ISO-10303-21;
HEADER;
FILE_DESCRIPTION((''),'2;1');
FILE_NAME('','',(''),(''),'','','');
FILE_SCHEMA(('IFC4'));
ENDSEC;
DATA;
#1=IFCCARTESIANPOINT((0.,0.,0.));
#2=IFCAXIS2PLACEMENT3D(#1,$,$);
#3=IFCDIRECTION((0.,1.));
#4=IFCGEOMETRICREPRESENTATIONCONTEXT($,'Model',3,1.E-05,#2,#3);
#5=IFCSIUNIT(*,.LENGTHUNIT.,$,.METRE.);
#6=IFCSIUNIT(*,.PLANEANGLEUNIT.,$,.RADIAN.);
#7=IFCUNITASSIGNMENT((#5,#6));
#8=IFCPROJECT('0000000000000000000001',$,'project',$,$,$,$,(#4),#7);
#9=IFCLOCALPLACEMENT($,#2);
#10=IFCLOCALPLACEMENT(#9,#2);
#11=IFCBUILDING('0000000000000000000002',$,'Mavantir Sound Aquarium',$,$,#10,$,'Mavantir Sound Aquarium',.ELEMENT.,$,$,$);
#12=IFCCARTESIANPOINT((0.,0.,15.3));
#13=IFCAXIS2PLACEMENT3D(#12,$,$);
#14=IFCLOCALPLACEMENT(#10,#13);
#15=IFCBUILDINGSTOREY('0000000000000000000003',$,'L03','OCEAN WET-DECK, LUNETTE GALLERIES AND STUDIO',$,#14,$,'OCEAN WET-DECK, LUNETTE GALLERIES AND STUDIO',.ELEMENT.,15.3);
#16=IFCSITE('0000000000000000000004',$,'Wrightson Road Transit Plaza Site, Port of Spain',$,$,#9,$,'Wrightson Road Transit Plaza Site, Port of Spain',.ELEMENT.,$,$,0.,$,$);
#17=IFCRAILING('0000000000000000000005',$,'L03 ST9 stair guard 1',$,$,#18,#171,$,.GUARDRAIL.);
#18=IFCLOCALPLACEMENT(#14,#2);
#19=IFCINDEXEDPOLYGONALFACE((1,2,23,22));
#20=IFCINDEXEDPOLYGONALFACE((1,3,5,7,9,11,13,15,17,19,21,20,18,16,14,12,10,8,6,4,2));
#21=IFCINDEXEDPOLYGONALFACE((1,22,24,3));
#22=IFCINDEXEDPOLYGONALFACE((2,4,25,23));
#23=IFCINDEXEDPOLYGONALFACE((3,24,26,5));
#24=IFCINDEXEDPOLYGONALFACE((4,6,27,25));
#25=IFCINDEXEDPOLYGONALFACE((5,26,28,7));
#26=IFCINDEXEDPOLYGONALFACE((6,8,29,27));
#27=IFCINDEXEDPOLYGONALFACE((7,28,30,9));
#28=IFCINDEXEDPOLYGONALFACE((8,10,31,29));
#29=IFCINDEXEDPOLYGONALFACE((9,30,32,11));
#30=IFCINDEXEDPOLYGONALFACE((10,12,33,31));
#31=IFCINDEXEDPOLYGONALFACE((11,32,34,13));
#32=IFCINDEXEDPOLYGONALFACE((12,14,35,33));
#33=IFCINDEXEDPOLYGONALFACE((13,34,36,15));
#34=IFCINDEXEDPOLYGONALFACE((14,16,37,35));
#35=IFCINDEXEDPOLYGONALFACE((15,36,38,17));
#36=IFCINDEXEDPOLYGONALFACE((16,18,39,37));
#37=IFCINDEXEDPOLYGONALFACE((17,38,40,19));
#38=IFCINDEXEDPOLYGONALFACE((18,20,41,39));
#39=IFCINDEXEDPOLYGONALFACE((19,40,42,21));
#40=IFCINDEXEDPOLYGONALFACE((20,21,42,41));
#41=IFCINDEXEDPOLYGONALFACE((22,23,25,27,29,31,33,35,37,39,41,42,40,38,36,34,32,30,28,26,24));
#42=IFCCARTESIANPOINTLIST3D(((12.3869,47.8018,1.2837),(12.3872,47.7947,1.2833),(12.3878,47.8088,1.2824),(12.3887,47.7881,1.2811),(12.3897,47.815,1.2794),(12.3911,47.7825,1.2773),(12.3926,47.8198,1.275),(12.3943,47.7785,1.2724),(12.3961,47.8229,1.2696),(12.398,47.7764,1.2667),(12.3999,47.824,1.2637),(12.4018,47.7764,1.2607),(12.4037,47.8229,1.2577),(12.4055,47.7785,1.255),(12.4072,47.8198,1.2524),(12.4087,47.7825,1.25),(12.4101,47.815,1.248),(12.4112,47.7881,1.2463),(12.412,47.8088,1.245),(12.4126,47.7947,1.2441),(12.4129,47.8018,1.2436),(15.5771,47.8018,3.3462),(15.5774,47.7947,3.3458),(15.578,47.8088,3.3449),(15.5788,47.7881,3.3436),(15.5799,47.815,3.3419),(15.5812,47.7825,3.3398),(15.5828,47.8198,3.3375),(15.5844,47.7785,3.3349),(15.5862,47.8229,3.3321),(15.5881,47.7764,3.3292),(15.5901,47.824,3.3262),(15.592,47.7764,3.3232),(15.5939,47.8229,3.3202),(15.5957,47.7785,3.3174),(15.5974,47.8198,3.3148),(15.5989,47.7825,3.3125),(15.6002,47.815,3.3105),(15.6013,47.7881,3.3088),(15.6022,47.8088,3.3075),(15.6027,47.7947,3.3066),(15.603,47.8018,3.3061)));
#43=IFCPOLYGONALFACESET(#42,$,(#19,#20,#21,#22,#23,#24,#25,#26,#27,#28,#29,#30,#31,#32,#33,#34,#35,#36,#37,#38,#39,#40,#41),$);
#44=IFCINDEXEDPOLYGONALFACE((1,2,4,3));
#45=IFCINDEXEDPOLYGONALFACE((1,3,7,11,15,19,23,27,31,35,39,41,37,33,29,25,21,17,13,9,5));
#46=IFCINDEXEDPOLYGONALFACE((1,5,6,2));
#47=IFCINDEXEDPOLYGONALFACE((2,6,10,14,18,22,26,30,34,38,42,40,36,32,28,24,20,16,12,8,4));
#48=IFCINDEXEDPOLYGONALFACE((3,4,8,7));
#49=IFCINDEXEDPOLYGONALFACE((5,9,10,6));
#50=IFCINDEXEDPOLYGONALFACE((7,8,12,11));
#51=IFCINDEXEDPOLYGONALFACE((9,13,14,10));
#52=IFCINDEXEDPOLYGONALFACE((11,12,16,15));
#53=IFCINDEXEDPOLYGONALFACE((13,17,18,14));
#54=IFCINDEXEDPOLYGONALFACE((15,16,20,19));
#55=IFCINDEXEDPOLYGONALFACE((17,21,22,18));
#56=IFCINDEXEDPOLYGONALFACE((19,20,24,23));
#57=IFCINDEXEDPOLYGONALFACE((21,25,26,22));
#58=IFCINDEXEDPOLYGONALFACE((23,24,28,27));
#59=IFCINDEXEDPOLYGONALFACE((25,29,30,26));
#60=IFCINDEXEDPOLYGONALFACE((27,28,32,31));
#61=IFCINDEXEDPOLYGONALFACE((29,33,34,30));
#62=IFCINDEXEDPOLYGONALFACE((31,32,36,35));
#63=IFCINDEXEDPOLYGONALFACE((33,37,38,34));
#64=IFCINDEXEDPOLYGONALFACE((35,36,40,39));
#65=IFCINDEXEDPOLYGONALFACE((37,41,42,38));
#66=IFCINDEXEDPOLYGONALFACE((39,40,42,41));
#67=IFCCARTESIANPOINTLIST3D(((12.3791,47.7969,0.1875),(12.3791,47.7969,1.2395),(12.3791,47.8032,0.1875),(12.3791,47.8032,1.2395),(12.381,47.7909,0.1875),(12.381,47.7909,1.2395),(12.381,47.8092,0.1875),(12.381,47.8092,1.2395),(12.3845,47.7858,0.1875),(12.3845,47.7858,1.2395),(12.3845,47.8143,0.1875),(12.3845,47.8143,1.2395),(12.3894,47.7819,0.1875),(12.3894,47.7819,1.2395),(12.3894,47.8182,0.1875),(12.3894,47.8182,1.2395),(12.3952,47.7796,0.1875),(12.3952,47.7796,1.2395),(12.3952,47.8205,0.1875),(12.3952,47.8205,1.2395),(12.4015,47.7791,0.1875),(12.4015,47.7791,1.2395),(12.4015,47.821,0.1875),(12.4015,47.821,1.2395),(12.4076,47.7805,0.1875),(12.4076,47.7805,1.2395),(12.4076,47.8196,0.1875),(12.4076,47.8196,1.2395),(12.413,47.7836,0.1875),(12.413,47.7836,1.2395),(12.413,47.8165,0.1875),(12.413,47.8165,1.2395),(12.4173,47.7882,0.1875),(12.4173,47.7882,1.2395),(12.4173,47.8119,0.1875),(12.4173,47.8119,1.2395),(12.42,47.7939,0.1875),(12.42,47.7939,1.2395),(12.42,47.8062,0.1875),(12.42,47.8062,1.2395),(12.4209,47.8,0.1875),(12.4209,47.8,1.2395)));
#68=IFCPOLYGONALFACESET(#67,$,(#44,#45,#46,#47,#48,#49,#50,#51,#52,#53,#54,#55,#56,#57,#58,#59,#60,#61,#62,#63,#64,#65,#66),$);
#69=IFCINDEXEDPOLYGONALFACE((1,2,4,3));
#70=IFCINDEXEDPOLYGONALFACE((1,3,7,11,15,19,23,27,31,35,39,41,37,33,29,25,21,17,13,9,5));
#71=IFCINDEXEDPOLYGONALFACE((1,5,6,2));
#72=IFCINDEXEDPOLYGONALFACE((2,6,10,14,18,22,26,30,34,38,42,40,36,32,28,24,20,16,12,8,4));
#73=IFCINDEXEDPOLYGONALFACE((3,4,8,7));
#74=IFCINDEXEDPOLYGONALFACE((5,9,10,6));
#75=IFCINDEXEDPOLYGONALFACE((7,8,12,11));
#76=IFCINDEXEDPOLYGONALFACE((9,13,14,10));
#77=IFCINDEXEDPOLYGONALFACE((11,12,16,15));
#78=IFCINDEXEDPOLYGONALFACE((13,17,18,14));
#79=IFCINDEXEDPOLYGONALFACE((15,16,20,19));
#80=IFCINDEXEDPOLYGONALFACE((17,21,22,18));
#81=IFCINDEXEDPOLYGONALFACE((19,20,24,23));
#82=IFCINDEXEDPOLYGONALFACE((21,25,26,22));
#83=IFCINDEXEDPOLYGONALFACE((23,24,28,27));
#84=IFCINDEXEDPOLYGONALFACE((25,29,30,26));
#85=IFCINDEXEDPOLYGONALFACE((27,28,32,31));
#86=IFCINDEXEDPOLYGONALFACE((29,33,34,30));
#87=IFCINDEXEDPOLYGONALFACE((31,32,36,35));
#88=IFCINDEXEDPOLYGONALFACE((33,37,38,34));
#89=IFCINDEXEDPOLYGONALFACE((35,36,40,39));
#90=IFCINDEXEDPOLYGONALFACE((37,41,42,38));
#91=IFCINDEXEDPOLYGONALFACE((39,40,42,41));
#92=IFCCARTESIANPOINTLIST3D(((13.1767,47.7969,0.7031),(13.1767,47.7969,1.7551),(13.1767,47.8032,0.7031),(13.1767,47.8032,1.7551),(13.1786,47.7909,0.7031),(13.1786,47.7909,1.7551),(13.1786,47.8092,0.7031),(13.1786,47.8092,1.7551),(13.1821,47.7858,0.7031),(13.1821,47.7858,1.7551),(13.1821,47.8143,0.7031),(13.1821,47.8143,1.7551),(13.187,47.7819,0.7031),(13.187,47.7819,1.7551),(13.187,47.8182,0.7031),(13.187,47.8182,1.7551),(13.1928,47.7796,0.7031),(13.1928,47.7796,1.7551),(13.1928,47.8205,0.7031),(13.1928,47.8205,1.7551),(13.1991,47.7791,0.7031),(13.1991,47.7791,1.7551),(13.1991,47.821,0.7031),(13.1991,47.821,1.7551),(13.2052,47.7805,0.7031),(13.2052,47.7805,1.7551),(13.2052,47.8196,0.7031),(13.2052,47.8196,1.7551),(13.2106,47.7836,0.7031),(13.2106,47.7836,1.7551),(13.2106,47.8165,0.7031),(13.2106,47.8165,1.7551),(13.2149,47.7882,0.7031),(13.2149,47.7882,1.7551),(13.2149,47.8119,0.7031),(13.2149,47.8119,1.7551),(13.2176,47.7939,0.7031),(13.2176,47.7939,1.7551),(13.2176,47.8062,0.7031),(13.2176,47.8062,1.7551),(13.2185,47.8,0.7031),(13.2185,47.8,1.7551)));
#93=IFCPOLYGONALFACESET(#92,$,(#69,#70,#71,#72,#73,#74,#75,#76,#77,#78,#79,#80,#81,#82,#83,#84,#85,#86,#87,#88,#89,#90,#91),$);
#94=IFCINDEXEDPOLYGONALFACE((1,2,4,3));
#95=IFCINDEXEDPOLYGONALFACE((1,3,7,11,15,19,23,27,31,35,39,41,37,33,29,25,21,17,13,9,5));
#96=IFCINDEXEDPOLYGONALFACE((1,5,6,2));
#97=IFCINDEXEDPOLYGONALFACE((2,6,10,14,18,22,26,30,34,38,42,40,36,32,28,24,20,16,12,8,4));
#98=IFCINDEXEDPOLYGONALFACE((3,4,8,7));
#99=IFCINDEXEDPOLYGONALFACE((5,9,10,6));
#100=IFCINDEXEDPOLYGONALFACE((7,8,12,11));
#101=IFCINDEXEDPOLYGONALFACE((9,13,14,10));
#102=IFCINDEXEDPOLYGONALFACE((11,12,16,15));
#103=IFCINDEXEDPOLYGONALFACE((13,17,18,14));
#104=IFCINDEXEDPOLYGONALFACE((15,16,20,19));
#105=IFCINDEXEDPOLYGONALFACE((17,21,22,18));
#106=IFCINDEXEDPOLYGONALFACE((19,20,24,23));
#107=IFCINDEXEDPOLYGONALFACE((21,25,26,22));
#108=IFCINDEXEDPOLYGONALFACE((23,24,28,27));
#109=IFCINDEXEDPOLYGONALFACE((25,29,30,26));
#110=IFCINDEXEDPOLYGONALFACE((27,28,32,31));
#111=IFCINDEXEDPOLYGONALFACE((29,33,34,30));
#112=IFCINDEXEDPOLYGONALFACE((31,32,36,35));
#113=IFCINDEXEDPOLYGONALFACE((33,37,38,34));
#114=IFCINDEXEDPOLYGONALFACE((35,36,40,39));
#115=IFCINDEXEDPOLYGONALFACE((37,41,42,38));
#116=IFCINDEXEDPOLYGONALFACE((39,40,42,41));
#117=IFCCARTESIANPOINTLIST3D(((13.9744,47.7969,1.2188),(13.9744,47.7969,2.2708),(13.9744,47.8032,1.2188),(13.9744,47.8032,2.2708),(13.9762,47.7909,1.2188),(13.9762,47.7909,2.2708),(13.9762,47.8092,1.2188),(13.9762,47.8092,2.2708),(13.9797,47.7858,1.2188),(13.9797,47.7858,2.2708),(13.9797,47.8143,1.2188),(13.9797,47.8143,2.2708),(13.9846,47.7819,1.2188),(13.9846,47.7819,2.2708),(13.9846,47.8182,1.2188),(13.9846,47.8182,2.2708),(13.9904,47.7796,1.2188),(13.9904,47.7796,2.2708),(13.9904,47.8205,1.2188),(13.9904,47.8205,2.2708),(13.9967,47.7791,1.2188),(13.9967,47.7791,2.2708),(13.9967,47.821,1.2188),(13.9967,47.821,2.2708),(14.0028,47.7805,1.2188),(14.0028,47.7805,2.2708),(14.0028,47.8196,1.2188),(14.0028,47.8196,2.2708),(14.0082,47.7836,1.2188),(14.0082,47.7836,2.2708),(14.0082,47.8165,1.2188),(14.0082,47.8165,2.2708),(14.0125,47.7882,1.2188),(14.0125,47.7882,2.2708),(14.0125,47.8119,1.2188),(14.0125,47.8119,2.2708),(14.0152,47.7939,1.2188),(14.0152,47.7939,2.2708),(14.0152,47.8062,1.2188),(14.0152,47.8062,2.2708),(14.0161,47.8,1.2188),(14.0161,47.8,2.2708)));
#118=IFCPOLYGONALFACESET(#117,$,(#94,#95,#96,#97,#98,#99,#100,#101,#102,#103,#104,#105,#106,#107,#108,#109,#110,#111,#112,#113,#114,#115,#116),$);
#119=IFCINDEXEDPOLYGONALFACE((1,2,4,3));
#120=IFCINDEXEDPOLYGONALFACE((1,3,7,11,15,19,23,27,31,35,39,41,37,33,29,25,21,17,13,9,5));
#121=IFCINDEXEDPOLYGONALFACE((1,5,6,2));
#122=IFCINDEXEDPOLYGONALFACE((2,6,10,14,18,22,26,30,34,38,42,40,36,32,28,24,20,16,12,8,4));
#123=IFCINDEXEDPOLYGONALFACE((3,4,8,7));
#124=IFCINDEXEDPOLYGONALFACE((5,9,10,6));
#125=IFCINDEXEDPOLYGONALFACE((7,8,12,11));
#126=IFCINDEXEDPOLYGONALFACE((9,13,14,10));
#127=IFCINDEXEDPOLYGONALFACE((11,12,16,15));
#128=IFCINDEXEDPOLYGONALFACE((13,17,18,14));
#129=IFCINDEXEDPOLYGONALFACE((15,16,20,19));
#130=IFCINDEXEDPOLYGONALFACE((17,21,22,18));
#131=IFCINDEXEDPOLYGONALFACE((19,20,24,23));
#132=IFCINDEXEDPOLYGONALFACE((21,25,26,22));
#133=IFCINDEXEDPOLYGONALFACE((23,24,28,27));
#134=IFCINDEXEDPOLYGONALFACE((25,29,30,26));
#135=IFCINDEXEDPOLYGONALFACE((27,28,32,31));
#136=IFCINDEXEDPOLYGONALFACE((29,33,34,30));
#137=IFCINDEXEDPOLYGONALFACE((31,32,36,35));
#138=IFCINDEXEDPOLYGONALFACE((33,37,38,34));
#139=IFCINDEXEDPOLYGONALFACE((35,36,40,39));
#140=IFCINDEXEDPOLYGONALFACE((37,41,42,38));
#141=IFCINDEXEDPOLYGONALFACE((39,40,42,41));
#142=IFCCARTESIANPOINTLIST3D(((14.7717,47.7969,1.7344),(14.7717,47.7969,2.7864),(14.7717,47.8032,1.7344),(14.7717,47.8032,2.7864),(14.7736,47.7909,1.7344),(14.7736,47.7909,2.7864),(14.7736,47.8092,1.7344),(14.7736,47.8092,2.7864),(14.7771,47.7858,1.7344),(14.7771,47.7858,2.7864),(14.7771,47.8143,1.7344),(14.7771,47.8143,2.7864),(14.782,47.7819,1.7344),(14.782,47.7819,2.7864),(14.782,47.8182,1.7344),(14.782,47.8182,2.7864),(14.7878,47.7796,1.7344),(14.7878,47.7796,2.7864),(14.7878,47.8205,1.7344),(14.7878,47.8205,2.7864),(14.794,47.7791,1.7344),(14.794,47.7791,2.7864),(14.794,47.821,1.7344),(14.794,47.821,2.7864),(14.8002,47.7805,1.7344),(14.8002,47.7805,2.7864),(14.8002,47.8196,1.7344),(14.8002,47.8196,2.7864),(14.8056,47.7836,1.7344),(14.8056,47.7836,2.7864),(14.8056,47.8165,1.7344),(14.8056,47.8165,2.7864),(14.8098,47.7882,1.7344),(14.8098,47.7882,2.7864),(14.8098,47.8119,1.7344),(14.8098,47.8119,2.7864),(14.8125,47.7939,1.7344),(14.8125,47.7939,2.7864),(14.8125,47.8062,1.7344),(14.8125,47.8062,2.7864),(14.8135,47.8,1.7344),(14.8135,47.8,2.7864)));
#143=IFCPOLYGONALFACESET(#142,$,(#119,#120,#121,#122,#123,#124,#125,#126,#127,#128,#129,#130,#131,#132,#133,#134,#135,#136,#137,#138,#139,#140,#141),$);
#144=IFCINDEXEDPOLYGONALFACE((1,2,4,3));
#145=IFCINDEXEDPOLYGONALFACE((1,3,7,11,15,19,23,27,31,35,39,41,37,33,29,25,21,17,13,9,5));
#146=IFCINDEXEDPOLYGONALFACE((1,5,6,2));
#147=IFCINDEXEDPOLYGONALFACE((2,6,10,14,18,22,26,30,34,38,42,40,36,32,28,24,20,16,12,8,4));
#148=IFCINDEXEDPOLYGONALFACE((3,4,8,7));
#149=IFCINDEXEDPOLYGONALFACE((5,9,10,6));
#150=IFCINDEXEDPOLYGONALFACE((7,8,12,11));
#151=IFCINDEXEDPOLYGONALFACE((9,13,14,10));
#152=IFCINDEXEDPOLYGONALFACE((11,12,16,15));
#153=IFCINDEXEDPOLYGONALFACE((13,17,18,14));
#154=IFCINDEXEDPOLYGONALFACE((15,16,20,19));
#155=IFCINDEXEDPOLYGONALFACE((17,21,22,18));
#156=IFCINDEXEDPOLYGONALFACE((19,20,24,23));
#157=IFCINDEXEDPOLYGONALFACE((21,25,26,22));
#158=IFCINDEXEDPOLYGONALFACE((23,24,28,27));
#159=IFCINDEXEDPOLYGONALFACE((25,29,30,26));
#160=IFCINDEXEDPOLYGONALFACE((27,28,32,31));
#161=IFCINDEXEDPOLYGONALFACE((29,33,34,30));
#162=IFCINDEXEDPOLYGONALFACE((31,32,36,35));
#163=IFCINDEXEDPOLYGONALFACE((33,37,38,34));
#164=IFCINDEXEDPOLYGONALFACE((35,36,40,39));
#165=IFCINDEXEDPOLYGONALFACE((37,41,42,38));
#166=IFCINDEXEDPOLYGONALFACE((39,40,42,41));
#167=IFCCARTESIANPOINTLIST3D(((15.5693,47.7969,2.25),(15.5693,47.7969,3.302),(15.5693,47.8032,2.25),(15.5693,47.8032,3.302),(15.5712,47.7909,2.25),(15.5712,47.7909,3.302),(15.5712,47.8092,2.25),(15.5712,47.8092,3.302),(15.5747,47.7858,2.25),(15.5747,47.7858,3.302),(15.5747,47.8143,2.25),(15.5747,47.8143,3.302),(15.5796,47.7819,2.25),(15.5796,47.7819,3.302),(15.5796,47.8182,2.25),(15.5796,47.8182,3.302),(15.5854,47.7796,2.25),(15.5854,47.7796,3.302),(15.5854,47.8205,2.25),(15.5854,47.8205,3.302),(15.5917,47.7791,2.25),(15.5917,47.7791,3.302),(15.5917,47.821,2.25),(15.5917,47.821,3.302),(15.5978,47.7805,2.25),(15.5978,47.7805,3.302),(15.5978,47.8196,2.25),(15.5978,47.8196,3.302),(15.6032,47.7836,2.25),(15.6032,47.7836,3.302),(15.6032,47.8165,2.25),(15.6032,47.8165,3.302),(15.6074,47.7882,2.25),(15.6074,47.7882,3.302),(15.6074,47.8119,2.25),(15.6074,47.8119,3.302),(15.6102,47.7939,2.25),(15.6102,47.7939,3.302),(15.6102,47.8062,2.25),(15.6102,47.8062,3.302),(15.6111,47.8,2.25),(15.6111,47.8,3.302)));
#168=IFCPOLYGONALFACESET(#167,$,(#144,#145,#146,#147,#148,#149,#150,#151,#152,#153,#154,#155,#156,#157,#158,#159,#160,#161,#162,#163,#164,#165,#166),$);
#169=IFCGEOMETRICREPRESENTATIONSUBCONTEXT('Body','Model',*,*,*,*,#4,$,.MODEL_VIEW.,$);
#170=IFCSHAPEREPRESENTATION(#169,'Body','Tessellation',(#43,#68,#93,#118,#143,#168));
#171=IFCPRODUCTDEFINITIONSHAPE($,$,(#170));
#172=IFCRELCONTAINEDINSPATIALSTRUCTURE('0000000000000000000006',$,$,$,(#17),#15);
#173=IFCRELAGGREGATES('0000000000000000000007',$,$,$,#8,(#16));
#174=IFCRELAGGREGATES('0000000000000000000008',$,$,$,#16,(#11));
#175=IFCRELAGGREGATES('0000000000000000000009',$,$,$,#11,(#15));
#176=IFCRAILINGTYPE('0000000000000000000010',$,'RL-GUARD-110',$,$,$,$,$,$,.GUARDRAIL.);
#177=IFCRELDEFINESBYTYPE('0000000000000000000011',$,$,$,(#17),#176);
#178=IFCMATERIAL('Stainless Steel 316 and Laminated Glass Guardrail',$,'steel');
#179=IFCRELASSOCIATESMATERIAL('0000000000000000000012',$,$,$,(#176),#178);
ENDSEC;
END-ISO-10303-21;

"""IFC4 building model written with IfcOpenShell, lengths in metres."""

from ifc_helpers import new_model, si_unit, direction, frame, origin, origin_2d, place, context, subcontext, project, spatial, circle, extrude, material, type_object, element, save


model = new_model("IFC4")

# Units and contexts
model_context = context("Model", 3, precision=1e-05, world=origin(), true_north=direction((0.0, 1.0)))
body_context = subcontext(model_context, "Body", "Model", "MODEL_VIEW")
ifc_project = project(units=[si_unit("LENGTHUNIT", "METRE"), si_unit("PLANEANGLEUNIT", "RADIAN")], contexts=[model_context])

# Site, building, storey
site_placement = place(None, origin())
site = spatial("IfcSite", under=ifc_project, at=site_placement, Name="Wrightson Road Transit Plaza Site, Port of Spain", LongName="Wrightson Road Transit Plaza Site, Port of Spain", CompositionType="ELEMENT", RefElevation=0.0)
building_placement = place(site_placement, origin())
building = spatial("IfcBuilding", under=site, at=building_placement, Name="Mavantir Sound Aquarium", LongName="Mavantir Sound Aquarium", CompositionType="ELEMENT")
storey_placement = place(building_placement, frame((0.0, 0.0, 15.3)))
storey = spatial("IfcBuildingStorey", under=building, at=storey_placement, Name="L03", Description="OCEAN WET-DECK, LUNETTE GALLERIES AND STUDIO", LongName="OCEAN WET-DECK, LUNETTE GALLERIES AND STUDIO", CompositionType="ELEMENT", Elevation=15.3)

# Railing
ifc_material_1 = material(Name="Stainless Steel 316 and Laminated Glass Guardrail", Category="steel")
railing_type_1 = type_object("IfcRailingType", Name="RL-GUARD-110", PredefinedType="GUARDRAIL", material=ifc_material_1)
railing_1_placement = place(storey_placement, frame((12.3999, 47.8, 0.1875)))
element("IfcRailing", 1, at=railing_1_placement, inside=storey, type_object=railing_type_1, Name="L03 ST9 stair guard 1", PredefinedType="GUARDRAIL", context=body_context, shape_type="SweptSolid", body=[
    extrude(circle(Radius=0.0239, at=origin_2d()), frame((0.0, 0.0, 1.0762), z_axis=(0.839779, 0.0, 0.542929), x_axis=(0.0, 1.0, 0.0)), (0.0, 0.0, 1.0), 3.7988),
    extrude(circle(Radius=0.021, at=origin_2d()), origin(), (0.0, 0.0, 1.0), 1.052),
    extrude(circle(Radius=0.021, at=origin_2d()), frame((0.7976, 0.0, 0.5156)), (0.0, 0.0, 1.0), 1.052),
    extrude(circle(Radius=0.021, at=origin_2d()), frame((1.5952, 0.0, 1.0312)), (0.0, 0.0, 1.0), 1.052),
    extrude(circle(Radius=0.021, at=origin_2d()), frame((2.3926, 0.0, 1.5469)), (0.0, 0.0, 1.0), 1.052),
    extrude(circle(Radius=0.021, at=origin_2d()), frame((3.1902, 0.0, 2.0625)), (0.0, 0.0, 1.0), 1.052),
])

save(model, "model.ifc")
